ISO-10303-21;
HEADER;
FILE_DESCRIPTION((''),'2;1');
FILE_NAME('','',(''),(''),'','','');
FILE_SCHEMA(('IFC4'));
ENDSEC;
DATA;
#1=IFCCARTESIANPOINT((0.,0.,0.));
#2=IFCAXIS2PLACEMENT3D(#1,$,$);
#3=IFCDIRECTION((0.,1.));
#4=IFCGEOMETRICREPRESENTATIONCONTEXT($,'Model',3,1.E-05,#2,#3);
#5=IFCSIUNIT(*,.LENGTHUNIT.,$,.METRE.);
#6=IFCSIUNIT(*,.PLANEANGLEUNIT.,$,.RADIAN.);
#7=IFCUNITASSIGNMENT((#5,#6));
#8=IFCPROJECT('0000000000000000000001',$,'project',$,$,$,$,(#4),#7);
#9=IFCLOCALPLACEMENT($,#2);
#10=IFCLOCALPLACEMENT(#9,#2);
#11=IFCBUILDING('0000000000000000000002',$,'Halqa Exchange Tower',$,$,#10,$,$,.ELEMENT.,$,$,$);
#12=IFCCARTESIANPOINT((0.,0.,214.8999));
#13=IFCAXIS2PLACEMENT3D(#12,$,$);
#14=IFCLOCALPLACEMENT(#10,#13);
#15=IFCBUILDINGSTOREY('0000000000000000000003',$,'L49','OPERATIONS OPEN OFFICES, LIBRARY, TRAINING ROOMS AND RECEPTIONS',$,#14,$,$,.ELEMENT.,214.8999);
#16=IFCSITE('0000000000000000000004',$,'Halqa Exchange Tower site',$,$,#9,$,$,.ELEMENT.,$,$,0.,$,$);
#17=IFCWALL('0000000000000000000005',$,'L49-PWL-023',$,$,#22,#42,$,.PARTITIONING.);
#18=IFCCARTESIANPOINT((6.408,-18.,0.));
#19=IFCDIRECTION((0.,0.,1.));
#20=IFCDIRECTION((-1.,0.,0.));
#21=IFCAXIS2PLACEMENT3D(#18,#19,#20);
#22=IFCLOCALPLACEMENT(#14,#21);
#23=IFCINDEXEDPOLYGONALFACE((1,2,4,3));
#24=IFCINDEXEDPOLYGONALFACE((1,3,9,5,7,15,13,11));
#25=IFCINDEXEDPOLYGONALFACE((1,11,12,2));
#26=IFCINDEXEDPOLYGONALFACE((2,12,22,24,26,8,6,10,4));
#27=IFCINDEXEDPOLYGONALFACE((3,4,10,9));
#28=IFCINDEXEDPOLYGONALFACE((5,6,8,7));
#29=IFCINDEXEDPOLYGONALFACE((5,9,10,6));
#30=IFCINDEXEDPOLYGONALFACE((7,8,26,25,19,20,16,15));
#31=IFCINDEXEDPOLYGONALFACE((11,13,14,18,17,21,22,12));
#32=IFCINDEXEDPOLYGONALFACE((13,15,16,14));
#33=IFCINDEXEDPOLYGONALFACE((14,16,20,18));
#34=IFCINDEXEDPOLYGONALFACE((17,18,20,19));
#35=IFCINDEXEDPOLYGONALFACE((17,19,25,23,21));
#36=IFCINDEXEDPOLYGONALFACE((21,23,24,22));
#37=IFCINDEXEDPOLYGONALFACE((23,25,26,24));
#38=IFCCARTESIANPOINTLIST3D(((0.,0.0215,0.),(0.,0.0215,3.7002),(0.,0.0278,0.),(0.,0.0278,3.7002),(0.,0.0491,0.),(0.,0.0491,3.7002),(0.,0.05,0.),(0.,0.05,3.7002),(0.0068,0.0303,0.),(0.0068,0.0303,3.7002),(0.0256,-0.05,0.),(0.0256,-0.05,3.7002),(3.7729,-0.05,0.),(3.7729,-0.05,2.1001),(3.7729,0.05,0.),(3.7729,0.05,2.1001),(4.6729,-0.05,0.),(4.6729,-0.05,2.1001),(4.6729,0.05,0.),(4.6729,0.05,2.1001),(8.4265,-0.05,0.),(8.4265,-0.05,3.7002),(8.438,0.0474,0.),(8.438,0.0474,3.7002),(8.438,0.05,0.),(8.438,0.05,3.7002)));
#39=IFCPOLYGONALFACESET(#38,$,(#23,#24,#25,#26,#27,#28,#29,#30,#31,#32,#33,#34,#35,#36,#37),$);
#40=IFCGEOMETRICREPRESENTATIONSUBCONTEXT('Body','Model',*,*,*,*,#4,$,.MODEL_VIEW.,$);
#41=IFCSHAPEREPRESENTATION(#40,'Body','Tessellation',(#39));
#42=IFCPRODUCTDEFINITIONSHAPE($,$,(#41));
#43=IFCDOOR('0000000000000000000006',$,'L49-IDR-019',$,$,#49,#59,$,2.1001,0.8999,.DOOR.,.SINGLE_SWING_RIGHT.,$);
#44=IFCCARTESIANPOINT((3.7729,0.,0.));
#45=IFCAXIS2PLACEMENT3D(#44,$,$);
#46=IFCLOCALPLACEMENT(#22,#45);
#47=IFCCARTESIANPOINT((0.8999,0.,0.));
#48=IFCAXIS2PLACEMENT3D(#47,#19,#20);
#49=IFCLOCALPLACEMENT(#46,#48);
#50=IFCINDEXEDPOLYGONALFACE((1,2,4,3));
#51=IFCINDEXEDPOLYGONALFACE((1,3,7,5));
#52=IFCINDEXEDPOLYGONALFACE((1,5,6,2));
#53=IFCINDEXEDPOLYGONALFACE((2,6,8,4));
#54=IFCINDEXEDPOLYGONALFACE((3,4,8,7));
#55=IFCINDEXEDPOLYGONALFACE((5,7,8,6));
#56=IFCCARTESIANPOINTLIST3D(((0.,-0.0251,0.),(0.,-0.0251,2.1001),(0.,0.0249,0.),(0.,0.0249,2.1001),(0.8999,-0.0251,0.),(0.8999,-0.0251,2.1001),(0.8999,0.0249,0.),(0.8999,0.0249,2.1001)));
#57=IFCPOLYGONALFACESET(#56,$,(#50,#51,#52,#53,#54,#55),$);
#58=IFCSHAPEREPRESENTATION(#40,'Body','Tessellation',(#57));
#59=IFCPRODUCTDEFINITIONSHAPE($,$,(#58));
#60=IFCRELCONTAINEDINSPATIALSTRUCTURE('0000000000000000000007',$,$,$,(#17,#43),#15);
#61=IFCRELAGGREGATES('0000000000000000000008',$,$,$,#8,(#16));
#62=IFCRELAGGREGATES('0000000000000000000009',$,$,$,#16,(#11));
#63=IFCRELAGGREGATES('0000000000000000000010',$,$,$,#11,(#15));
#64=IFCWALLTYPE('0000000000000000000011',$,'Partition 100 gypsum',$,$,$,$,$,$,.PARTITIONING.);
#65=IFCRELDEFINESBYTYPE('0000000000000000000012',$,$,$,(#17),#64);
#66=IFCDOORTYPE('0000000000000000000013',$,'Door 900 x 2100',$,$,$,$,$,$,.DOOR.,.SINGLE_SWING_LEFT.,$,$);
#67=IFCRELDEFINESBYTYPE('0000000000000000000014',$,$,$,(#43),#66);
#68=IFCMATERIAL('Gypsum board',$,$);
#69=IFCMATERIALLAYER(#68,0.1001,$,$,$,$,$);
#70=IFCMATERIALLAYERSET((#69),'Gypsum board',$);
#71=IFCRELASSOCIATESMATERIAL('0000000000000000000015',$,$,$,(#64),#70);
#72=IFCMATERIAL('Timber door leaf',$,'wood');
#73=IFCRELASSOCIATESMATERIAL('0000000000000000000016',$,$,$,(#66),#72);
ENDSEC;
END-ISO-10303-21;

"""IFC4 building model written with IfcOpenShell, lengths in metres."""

from ifc_helpers import new_model, si_unit, direction, frame, frame_2d, origin, place, context, subcontext, project, spatial, polyline, rectangle, outline, extrude, material, layer, layer_set, type_object, element, fill, save


model = new_model("IFC4")

# Units and contexts
model_context = context("Model", 3, precision=1e-05, world=origin(), true_north=direction((0.0, 1.0)))
body_context = subcontext(model_context, "Body", "Model", "MODEL_VIEW")
ifc_project = project(units=[si_unit("LENGTHUNIT", "METRE"), si_unit("PLANEANGLEUNIT", "RADIAN")], contexts=[model_context])

# Site, building, storey
site_placement = place(None, origin())
site = spatial("IfcSite", under=ifc_project, at=site_placement, Name="Halqa Exchange Tower site", CompositionType="ELEMENT", RefElevation=0.0)
building_placement = place(site_placement, origin())
building = spatial("IfcBuilding", under=site, at=building_placement, Name="Halqa Exchange Tower", CompositionType="ELEMENT")
storey_placement = place(building_placement, frame((0.0, 0.0, 214.8999)))
storey = spatial("IfcBuildingStorey", under=building, at=storey_placement, Name="L49", Description="OPERATIONS OPEN OFFICES, LIBRARY, TRAINING ROOMS AND RECEPTIONS", CompositionType="ELEMENT", Elevation=214.8999)

# Wall, opening, door
ifc_material_1 = material(Name="Gypsum board")
ifc_layer_1 = layer(ifc_material_1, 0.1001)
ifc_layer_set_1 = layer_set([ifc_layer_1], Name="Gypsum board")
wall_type_1 = type_object("IfcWallType", Name="Partition 100 gypsum", PredefinedType="PARTITIONING", material=ifc_layer_set_1)
wall_1_placement = place(storey_placement, frame((6.408, -18.0, 0.0), z_axis=(0.0, 0.0, 1.0), x_axis=(-1.0, 0.0, 0.0)))
wall_1 = element("IfcWall", 1, at=wall_1_placement, inside=storey, type_object=wall_type_1, Name="L49-PWL-023", PredefinedType="PARTITIONING", context=body_context, shape_type="SweptSolid", body=[
    extrude(outline(polyline([(0.0256, -0.05), (1.7058, -0.05), (3.386, -0.05), (5.0662, -0.05), (6.7463, -0.05), (8.4265, -0.05), (8.438, 0.0474), (8.438, 0.05), (6.7505, 0.05), (5.0627, 0.05), (3.3752, 0.05), (1.6875, 0.05), (0.0, 0.05), (0.0, 0.0491), (0.0068, 0.0303), (0.0, 0.0278), (0.0, 0.0215), (0.0256, -0.05)])), origin(), (0.0, 0.0, 1.0), 3.7002),
])
opening_1_placement = place(wall_1_placement, frame((3.7729, 0.0, 0.0)))
opening_1 = element("IfcOpeningElement", 2, at=opening_1_placement, cuts=wall_1, PredefinedType="OPENING", context=body_context, shape_type="SweptSolid", body=[
    extrude(rectangle(XDim=0.8999, YDim=2.1001, at=frame_2d((0.45, 1.05))), frame((0.0, 0.062, 0.0), z_axis=(0.0, -1.0, 0.0), x_axis=(1.0, 0.0, 0.0)), (0.0, 0.0, 1.0), 0.124),
])
ifc_material_2 = material(Name="Timber door leaf", Category="wood")
door_type = type_object("IfcDoorType", Name="Door 900 x 2100", OperationType="SINGLE_SWING_LEFT", PredefinedType="DOOR", material=ifc_material_2)
door_placement = place(opening_1_placement, frame((0.8999, 0.0, 0.0), z_axis=(0.0, 0.0, 1.0), x_axis=(-1.0, 0.0, 0.0)))
door = element("IfcDoor", 3, at=door_placement, inside=storey, type_object=door_type, Name="L49-IDR-019", OperationType="SINGLE_SWING_RIGHT", OverallHeight=2.1001, OverallWidth=0.8999, PredefinedType="DOOR", context=body_context, shape_type="SweptSolid", body=[
    extrude(rectangle(XDim=0.8999, YDim=2.1001, at=frame_2d((0.45, 1.05))), frame((0.0, 0.0249, 0.0), z_axis=(0.0, -1.0, 0.0), x_axis=(1.0, 0.0, 0.0)), (0.0, 0.0, 1.0), 0.05),
])
fill(opening_1, door)

save(model, "model.ifc")
